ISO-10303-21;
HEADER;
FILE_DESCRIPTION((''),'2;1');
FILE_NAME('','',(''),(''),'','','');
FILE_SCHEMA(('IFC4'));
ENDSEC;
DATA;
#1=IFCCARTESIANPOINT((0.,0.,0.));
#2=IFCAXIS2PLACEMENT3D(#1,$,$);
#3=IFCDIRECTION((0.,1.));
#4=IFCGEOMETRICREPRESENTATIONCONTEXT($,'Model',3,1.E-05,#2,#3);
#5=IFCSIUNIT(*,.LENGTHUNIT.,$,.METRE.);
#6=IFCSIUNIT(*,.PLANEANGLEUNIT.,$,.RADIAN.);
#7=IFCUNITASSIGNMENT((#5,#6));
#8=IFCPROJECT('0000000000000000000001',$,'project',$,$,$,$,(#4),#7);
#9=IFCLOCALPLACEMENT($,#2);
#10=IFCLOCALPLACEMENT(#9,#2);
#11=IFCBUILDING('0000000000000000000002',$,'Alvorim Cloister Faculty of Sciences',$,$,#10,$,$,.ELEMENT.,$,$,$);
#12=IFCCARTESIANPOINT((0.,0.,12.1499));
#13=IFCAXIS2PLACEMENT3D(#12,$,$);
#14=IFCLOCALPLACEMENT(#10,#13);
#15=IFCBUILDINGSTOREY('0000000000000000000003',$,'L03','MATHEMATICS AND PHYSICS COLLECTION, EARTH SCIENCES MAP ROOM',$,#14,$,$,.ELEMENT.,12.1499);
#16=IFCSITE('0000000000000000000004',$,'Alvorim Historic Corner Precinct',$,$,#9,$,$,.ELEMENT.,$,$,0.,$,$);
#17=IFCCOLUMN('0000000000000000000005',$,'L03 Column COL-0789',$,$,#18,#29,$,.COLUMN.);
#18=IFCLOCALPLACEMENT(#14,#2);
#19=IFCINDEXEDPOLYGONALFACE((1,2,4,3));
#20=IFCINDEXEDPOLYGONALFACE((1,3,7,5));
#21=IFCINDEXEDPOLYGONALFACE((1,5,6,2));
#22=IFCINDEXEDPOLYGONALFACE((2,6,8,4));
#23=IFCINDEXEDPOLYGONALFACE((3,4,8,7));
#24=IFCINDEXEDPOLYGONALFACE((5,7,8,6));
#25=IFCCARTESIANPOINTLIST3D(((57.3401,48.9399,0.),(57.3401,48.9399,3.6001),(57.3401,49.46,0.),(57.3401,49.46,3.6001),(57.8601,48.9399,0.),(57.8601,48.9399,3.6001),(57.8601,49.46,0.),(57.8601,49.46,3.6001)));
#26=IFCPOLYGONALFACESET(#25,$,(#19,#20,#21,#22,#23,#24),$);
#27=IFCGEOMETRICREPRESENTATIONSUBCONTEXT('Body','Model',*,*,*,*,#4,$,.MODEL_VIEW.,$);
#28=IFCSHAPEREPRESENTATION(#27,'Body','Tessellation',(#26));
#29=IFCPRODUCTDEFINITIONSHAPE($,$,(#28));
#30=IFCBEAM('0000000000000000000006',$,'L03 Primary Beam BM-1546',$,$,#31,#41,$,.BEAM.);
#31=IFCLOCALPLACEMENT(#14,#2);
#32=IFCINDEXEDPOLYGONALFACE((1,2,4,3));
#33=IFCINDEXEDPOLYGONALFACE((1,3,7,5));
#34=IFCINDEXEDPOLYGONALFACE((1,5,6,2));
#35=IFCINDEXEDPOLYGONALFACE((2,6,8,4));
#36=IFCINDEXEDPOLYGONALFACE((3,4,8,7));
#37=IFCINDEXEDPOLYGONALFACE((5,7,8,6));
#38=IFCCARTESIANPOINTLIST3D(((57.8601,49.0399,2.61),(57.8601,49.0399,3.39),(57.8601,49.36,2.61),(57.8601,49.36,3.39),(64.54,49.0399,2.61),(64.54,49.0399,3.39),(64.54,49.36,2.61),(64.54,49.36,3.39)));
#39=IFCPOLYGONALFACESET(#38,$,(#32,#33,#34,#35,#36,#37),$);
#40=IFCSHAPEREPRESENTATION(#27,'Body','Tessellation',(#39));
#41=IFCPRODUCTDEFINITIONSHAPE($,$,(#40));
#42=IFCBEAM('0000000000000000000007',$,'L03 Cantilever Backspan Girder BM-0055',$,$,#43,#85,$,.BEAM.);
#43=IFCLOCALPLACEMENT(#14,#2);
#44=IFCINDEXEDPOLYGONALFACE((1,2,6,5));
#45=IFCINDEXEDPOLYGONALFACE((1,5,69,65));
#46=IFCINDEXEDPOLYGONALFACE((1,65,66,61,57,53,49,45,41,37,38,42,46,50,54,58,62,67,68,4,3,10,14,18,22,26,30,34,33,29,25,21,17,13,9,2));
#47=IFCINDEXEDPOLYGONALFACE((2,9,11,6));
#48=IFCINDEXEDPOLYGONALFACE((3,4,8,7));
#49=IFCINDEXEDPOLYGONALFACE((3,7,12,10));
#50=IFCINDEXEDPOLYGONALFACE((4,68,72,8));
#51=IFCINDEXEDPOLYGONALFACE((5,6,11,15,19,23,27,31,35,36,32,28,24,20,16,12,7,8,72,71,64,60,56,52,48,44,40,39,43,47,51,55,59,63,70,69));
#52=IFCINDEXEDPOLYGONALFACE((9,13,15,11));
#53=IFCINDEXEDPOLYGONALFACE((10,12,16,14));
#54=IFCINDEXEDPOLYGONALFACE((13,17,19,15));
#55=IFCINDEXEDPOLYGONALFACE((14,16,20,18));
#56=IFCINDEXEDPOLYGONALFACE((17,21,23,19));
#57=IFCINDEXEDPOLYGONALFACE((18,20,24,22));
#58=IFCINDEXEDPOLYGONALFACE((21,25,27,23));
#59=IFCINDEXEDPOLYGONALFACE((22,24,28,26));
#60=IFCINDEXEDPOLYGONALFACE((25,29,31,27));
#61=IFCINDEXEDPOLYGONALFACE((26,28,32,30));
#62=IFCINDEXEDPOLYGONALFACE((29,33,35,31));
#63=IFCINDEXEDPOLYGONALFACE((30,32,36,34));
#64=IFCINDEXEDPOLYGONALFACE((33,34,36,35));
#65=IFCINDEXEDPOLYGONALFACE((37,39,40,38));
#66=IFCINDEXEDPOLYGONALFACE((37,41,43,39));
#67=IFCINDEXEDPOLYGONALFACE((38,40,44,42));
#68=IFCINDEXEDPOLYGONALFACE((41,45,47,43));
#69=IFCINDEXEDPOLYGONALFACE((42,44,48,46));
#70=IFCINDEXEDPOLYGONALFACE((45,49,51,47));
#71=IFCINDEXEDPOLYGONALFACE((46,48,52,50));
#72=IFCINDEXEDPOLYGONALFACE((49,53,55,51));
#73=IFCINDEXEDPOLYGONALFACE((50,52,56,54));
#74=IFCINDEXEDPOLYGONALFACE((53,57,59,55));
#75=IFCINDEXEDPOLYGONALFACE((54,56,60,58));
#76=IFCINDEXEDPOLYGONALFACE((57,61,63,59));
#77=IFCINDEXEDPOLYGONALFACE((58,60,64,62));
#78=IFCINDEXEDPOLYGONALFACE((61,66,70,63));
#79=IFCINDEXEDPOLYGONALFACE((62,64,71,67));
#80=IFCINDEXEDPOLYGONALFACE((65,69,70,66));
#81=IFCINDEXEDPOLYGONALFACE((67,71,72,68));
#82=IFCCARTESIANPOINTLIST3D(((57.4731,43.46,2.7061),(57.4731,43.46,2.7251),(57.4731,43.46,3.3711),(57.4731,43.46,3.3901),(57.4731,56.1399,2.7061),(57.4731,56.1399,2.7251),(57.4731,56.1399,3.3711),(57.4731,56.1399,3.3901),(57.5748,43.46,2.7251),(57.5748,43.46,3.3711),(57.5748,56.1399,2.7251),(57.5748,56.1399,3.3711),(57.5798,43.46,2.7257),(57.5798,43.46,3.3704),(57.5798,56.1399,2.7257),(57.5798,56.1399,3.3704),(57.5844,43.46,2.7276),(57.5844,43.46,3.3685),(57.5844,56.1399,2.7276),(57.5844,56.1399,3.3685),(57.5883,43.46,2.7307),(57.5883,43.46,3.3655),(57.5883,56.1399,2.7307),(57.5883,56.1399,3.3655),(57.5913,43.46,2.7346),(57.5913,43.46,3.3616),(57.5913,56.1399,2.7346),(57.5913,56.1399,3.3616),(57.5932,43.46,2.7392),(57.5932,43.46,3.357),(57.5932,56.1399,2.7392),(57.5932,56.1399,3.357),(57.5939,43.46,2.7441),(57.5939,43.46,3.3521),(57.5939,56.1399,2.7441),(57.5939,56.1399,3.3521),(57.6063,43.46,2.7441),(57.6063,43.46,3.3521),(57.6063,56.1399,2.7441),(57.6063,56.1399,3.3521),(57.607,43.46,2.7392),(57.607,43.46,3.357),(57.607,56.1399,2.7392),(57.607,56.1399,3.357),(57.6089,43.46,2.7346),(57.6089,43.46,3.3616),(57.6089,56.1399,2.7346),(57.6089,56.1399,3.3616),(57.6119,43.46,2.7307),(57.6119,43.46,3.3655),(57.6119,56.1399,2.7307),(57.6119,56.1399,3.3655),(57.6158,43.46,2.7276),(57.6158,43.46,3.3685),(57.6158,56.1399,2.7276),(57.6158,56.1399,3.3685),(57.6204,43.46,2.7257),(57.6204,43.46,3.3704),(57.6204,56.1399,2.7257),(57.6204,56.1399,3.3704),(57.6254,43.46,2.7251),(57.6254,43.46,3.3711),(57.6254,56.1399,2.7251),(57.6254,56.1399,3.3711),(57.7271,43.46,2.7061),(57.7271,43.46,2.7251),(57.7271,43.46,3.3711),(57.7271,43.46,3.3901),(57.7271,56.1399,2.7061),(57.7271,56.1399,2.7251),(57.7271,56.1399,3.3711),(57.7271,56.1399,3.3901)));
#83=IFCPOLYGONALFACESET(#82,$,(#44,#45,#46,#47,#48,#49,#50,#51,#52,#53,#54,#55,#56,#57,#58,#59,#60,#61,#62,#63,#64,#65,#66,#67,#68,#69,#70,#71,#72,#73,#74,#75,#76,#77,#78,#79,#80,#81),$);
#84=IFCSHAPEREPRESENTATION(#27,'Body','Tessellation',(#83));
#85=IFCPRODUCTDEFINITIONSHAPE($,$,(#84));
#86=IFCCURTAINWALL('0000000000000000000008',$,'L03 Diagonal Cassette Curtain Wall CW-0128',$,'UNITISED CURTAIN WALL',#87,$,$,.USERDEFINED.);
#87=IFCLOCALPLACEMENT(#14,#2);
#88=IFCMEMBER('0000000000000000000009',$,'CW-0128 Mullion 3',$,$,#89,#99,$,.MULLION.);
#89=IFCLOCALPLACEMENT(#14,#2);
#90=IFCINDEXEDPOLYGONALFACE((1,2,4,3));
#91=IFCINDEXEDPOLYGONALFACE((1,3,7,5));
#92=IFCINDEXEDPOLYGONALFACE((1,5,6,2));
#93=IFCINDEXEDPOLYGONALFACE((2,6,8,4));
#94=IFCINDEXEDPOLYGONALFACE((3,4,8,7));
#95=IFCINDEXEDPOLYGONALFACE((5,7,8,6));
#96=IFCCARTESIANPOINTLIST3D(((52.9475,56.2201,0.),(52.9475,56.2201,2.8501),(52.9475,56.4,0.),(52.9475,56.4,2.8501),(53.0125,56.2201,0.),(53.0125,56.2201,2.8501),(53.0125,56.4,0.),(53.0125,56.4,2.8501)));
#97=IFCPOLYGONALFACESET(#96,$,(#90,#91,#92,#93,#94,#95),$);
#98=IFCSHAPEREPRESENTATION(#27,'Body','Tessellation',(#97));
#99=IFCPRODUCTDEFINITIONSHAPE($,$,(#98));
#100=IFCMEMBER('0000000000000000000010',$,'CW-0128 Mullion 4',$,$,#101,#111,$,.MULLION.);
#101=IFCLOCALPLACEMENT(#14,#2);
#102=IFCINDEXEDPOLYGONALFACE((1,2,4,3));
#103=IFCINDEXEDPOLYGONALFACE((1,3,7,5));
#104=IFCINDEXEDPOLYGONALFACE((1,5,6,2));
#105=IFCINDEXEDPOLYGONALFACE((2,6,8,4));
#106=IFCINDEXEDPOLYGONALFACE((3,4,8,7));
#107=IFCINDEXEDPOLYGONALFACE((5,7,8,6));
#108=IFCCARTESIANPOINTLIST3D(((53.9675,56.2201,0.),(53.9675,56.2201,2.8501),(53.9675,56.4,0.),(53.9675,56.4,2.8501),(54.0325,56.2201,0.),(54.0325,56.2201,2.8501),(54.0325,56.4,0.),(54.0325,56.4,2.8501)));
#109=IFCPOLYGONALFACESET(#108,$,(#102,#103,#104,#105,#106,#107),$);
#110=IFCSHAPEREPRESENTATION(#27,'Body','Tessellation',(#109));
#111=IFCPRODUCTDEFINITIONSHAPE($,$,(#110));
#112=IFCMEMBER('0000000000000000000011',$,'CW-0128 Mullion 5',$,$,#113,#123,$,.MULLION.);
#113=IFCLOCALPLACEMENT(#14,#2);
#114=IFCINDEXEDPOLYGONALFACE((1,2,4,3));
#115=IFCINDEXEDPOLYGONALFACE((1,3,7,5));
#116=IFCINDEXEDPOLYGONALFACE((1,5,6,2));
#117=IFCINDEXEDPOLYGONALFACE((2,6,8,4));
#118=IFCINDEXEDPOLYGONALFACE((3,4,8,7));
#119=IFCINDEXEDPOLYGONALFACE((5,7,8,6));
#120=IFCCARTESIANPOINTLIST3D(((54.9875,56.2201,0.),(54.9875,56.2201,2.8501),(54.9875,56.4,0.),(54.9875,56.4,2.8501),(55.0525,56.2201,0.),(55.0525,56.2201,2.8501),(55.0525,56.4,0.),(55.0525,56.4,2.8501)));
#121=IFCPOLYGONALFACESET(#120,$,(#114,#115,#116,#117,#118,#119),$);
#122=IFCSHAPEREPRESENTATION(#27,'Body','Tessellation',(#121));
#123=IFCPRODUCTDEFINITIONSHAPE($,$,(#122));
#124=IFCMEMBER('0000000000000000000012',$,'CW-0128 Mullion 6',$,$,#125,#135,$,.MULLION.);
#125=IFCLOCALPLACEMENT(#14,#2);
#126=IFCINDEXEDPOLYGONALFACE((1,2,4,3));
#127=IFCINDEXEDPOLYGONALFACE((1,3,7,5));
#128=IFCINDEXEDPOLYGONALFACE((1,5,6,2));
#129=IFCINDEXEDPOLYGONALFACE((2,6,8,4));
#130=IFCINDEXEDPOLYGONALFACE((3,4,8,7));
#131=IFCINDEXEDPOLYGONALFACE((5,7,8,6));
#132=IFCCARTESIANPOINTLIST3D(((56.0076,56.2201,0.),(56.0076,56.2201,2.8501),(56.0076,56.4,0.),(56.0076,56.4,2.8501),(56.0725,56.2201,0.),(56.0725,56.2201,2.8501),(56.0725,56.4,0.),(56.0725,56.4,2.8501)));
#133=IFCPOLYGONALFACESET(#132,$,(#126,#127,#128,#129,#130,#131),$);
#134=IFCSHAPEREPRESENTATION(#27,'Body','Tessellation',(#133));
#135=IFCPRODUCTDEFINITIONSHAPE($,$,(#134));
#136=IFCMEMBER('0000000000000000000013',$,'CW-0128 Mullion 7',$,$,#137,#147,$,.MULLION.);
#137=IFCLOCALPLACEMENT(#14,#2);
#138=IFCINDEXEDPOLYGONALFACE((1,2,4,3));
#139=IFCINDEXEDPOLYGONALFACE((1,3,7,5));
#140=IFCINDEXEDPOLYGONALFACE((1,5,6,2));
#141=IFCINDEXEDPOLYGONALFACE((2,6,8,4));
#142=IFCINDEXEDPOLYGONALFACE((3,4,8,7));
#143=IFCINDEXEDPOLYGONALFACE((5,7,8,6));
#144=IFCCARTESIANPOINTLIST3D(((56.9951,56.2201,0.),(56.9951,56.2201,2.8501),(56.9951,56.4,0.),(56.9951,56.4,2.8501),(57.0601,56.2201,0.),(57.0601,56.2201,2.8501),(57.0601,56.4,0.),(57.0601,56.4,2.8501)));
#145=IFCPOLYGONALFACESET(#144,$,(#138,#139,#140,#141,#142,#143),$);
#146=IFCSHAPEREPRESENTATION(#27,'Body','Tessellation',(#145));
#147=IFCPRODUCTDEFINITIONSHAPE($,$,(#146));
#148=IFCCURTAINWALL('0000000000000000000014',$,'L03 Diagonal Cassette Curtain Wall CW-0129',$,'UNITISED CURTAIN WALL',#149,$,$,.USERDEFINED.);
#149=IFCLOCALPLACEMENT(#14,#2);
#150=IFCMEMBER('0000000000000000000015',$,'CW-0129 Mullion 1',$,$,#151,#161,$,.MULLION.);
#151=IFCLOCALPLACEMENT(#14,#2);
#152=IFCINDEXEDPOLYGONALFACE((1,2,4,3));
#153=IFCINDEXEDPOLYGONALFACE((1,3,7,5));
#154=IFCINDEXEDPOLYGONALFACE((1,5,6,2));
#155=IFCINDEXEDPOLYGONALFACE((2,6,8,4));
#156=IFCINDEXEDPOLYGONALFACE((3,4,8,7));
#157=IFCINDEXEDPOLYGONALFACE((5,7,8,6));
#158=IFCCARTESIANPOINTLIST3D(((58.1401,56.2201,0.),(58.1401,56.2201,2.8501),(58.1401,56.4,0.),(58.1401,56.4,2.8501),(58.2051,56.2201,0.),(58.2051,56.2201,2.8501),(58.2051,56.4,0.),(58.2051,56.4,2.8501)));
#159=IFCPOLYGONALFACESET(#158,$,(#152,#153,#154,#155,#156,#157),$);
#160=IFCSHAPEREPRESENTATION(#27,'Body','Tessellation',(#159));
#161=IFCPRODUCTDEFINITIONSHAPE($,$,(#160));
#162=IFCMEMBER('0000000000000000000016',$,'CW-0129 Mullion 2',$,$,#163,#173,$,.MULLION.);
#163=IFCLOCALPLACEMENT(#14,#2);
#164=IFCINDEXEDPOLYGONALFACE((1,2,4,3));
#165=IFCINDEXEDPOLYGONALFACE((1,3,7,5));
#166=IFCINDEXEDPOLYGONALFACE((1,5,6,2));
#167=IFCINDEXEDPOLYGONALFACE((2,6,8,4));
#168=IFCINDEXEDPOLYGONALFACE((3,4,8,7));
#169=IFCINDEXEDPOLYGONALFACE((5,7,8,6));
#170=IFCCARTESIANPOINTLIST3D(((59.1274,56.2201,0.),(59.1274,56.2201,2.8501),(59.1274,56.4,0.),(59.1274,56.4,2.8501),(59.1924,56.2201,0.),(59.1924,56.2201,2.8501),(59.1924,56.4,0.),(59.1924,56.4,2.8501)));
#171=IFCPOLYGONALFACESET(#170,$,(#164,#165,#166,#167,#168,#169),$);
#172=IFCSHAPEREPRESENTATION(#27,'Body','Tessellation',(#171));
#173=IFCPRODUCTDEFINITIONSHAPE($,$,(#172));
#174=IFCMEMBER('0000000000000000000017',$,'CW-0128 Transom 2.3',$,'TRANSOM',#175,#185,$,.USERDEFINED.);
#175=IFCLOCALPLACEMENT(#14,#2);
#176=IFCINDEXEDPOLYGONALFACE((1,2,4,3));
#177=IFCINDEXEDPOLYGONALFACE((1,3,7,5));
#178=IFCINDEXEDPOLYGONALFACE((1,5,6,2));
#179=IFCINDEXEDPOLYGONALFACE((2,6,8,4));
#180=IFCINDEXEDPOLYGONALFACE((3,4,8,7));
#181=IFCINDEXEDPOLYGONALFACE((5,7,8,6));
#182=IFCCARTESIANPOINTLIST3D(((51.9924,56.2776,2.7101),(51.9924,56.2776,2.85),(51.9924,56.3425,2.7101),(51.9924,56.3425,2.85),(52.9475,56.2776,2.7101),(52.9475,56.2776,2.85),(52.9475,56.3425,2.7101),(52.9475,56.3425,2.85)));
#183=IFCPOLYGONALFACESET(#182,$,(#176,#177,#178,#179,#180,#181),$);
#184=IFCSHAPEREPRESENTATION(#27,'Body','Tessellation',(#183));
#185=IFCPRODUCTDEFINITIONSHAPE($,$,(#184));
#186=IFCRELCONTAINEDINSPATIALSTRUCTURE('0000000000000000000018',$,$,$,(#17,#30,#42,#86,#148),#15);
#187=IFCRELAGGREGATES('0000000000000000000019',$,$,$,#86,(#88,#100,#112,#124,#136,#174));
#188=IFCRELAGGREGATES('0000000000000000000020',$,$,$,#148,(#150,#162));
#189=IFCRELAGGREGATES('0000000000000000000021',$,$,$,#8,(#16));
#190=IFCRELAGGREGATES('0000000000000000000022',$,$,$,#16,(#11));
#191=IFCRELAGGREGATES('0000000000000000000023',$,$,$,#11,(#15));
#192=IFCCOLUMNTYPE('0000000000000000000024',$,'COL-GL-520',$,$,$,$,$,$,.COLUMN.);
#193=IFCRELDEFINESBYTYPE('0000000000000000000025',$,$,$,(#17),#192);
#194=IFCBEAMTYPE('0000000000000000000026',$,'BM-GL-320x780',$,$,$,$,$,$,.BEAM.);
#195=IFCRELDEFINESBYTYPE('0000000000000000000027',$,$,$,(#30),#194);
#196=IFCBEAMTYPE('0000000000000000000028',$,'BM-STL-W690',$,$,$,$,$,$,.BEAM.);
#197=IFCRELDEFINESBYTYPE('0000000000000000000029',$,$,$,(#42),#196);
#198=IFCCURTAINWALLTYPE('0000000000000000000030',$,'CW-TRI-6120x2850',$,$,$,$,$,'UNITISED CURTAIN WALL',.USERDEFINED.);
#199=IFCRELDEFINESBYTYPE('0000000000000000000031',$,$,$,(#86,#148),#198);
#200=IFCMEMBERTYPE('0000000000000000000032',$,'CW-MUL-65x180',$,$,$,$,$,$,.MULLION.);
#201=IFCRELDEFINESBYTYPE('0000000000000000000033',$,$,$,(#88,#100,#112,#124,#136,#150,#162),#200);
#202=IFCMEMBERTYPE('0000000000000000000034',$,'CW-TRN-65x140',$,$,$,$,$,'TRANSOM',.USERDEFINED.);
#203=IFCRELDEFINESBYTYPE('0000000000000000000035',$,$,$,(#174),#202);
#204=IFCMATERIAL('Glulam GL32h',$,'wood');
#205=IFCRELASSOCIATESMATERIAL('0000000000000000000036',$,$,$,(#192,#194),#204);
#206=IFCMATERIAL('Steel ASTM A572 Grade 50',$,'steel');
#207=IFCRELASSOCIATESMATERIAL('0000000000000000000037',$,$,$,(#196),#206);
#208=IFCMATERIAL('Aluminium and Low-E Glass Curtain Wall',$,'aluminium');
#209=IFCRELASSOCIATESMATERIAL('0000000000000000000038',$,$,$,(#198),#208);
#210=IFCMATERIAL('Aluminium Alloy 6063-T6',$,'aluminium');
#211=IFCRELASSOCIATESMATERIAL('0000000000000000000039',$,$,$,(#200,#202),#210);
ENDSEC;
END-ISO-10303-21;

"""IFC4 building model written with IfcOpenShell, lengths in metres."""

from ifc_helpers import new_model, si_unit, direction, frame, origin, origin_2d, place, context, subcontext, project, spatial, rectangle, i_section, extrude, material, material_profile, profile_set, type_object, element, aggregate, save


model = new_model("IFC4")

# Units and contexts
model_context = context("Model", 3, precision=1e-05, world=origin(), true_north=direction((0.0, 1.0)))
body_context = subcontext(model_context, "Body", "Model", "MODEL_VIEW")
ifc_project = project(units=[si_unit("LENGTHUNIT", "METRE"), si_unit("PLANEANGLEUNIT", "RADIAN")], contexts=[model_context])

# Site, building, storey
site_placement = place(None, origin())
site = spatial("IfcSite", under=ifc_project, at=site_placement, Name="Alvorim Historic Corner Precinct", CompositionType="ELEMENT", RefElevation=0.0)
building_placement = place(site_placement, origin())
building = spatial("IfcBuilding", under=site, at=building_placement, Name="Alvorim Cloister Faculty of Sciences", CompositionType="ELEMENT")
storey_placement = place(building_placement, frame((0.0, 0.0, 12.1499)))
storey = spatial("IfcBuildingStorey", under=building, at=storey_placement, Name="L03", Description="MATHEMATICS AND PHYSICS COLLECTION, EARTH SCIENCES MAP ROOM", CompositionType="ELEMENT", Elevation=12.1499)

# Column
ifc_material_1 = material(Name="Glulam GL32h", Category="wood")
ifc_material_profile_1 = material_profile(ifc_material_1, rectangle(XDim=0.52, YDim=0.52, at=origin_2d()), Name="GL32-COL-520x520")
ifc_profile_set_1 = profile_set([ifc_material_profile_1], Name="Glulam GL32h")
column_type = type_object("IfcColumnType", Name="COL-GL-520", PredefinedType="COLUMN", material=ifc_profile_set_1)
column_placement = place(storey_placement, frame((57.6001, 49.2, 0.0), z_axis=(0.0, 0.0, 1.0), x_axis=(1.0, 0.0, 0.0)))
element("IfcColumn", 1, at=column_placement, inside=storey, type_object=column_type, Name="L03 Column COL-0789", PredefinedType="COLUMN", context=body_context, shape_type="SweptSolid", body=[
    extrude(rectangle(XDim=0.52, YDim=0.52, at=origin_2d()), origin(), (0.0, 0.0, 1.0), 3.6001),
])

# Beams
ifc_material_profile_2 = material_profile(ifc_material_1, rectangle(XDim=0.3201, YDim=0.78, at=origin_2d()), Name="GL32-BM-320x780")
ifc_profile_set_2 = profile_set([ifc_material_profile_2], Name="Glulam GL32h")
beam_type_1 = type_object("IfcBeamType", Name="BM-GL-320x780", PredefinedType="BEAM", material=ifc_profile_set_2)
beam_1_placement = place(storey_placement, frame((57.8601, 49.2, 3.0), z_axis=(1.0, 0.0, 0.0), x_axis=(0.0, 1.0, 0.0)))
element("IfcBeam", 2, at=beam_1_placement, inside=storey, type_object=beam_type_1, Name="L03 Primary Beam BM-1546", PredefinedType="BEAM", context=body_context, shape_type="SweptSolid", body=[
    extrude(rectangle(XDim=0.3201, YDim=0.78, at=origin_2d()), origin(), (0.0, 0.0, 1.0), 6.6799),
])
ifc_material_2 = material(Name="Steel ASTM A572 Grade 50", Category="steel")
ifc_material_profile_3 = material_profile(ifc_material_2, i_section(OverallWidth=0.2539, OverallDepth=0.6841, WebThickness=0.0125, FlangeThickness=0.019, FilletRadius=0.019, at=origin_2d()), Name="W690x140.0")
ifc_profile_set_3 = profile_set([ifc_material_profile_3], Name="Steel ASTM A572 Grade 50")
beam_type_2 = type_object("IfcBeamType", Name="BM-STL-W690", PredefinedType="BEAM", material=ifc_profile_set_3)
beam_2_placement = place(storey_placement, frame((57.6001, 43.46, 3.0481), z_axis=(0.0, 1.0, 0.0), x_axis=(-1.0, 0.0, 0.0)))
element("IfcBeam", 3, at=beam_2_placement, inside=storey, type_object=beam_type_2, Name="L03 Cantilever Backspan Girder BM-0055", PredefinedType="BEAM", context=body_context, shape_type="SweptSolid", body=[
    extrude(i_section(OverallWidth=0.2539, OverallDepth=0.6841, WebThickness=0.0125, FlangeThickness=0.019, FilletRadius=0.019, at=origin_2d()), origin(), (0.0, 0.0, 1.0), 12.6799),
])

# Curtain walls, members
ifc_material_3 = material(Name="Aluminium and Low-E Glass Curtain Wall", Category="aluminium")
curtain_wall_type = type_object("IfcCurtainWallType", Name="CW-TRI-6120x2850", ElementType="UNITISED CURTAIN WALL", PredefinedType="USERDEFINED", material=ifc_material_3)
curtain_wall_1_placement = place(storey_placement, origin())
curtain_wall_1 = element("IfcCurtainWall", 4, at=curtain_wall_1_placement, inside=storey, type_object=curtain_wall_type, Name="L03 Diagonal Cassette Curtain Wall CW-0128", ObjectType="UNITISED CURTAIN WALL", PredefinedType="USERDEFINED")
ifc_material_4 = material(Name="Aluminium Alloy 6063-T6", Category="aluminium")
ifc_material_profile_4 = material_profile(ifc_material_4, rectangle(XDim=0.0649, YDim=0.1799, at=origin_2d()), Name="ALU-MUL-65x180")
ifc_profile_set_4 = profile_set([ifc_material_profile_4], Name="Aluminium Alloy 6063-T6")
member_type_1 = type_object("IfcMemberType", Name="CW-MUL-65x180", PredefinedType="MULLION", material=ifc_profile_set_4)
member_1_placement = place(storey_placement, frame((52.98, 56.3101, 0.0), z_axis=(0.0, 0.0, 1.0), x_axis=(1.0, 0.0, 0.0)))
member_1 = element("IfcMember", 5, at=member_1_placement, type_object=member_type_1, Name="CW-0128 Mullion 3", PredefinedType="MULLION", context=body_context, shape_type="SweptSolid", body=[
    extrude(rectangle(XDim=0.0649, YDim=0.1799, at=origin_2d()), origin(), (0.0, 0.0, 1.0), 2.8501),
])
member_2_placement = place(storey_placement, frame((54.0, 56.3101, 0.0), z_axis=(0.0, 0.0, 1.0), x_axis=(1.0, 0.0, 0.0)))
member_2 = element("IfcMember", 6, at=member_2_placement, type_object=member_type_1, Name="CW-0128 Mullion 4", PredefinedType="MULLION", context=body_context, shape_type="SweptSolid", body=[
    extrude(rectangle(XDim=0.0649, YDim=0.1799, at=origin_2d()), origin(), (0.0, 0.0, 1.0), 2.8501),
])
member_3_placement = place(storey_placement, frame((55.02, 56.3101, 0.0), z_axis=(0.0, 0.0, 1.0), x_axis=(1.0, 0.0, 0.0)))
member_3 = element("IfcMember", 7, at=member_3_placement, type_object=member_type_1, Name="CW-0128 Mullion 5", PredefinedType="MULLION", context=body_context, shape_type="SweptSolid", body=[
    extrude(rectangle(XDim=0.0649, YDim=0.1799, at=origin_2d()), origin(), (0.0, 0.0, 1.0), 2.8501),
])
member_4_placement = place(storey_placement, frame((56.04, 56.3101, 0.0), z_axis=(0.0, 0.0, 1.0), x_axis=(1.0, 0.0, 0.0)))
member_4 = element("IfcMember", 8, at=member_4_placement, type_object=member_type_1, Name="CW-0128 Mullion 6", PredefinedType="MULLION", context=body_context, shape_type="SweptSolid", body=[
    extrude(rectangle(XDim=0.0649, YDim=0.1799, at=origin_2d()), origin(), (0.0, 0.0, 1.0), 2.8501),
])
member_5_placement = place(storey_placement, frame((57.0276, 56.3101, 0.0), z_axis=(0.0, 0.0, 1.0), x_axis=(1.0, 0.0, 0.0)))
member_5 = element("IfcMember", 9, at=member_5_placement, type_object=member_type_1, Name="CW-0128 Mullion 7", PredefinedType="MULLION", context=body_context, shape_type="SweptSolid", body=[
    extrude(rectangle(XDim=0.0649, YDim=0.1799, at=origin_2d()), origin(), (0.0, 0.0, 1.0), 2.8501),
])
curtain_wall_2_placement = place(storey_placement, origin())
curtain_wall_2 = element("IfcCurtainWall", 10, at=curtain_wall_2_placement, inside=storey, type_object=curtain_wall_type, Name="L03 Diagonal Cassette Curtain Wall CW-0129", ObjectType="UNITISED CURTAIN WALL", PredefinedType="USERDEFINED")
member_6_placement = place(storey_placement, frame((58.1726, 56.3101, 0.0), z_axis=(0.0, 0.0, 1.0), x_axis=(1.0, 0.0, 0.0)))
member_6 = element("IfcMember", 11, at=member_6_placement, type_object=member_type_1, Name="CW-0129 Mullion 1", PredefinedType="MULLION", context=body_context, shape_type="SweptSolid", body=[
    extrude(rectangle(XDim=0.0649, YDim=0.1799, at=origin_2d()), origin(), (0.0, 0.0, 1.0), 2.8501),
])
member_7_placement = place(storey_placement, frame((59.1599, 56.3101, 0.0), z_axis=(0.0, 0.0, 1.0), x_axis=(1.0, 0.0, 0.0)))
member_7 = element("IfcMember", 12, at=member_7_placement, type_object=member_type_1, Name="CW-0129 Mullion 2", PredefinedType="MULLION", context=body_context, shape_type="SweptSolid", body=[
    extrude(rectangle(XDim=0.0649, YDim=0.1799, at=origin_2d()), origin(), (0.0, 0.0, 1.0), 2.8501),
])

# Member
ifc_material_profile_5 = material_profile(ifc_material_4, rectangle(XDim=0.0649, YDim=0.1399, at=origin_2d()), Name="ALU-TRN-65x140")
ifc_profile_set_5 = profile_set([ifc_material_profile_5], Name="Aluminium Alloy 6063-T6")
member_type_2 = type_object("IfcMemberType", Name="CW-TRN-65x140", ElementType="TRANSOM", PredefinedType="USERDEFINED", material=ifc_profile_set_5)
member_8_placement = place(storey_placement, frame((51.9924, 56.3101, 2.78), z_axis=(1.0, 0.0, 0.0), x_axis=(0.0, 1.0, 0.0)))
member_8 = element("IfcMember", 13, at=member_8_placement, type_object=member_type_2, Name="CW-0128 Transom 2.3", ObjectType="TRANSOM", PredefinedType="USERDEFINED", context=body_context, shape_type="SweptSolid", body=[
    extrude(rectangle(XDim=0.0649, YDim=0.1399, at=origin_2d()), origin(), (0.0, 0.0, 1.0), 0.9551),
])
aggregate(curtain_wall_1, [member_1, member_2, member_3, member_4, member_5, member_8])
aggregate(curtain_wall_2, [member_6, member_7])

save(model, "model.ifc")
